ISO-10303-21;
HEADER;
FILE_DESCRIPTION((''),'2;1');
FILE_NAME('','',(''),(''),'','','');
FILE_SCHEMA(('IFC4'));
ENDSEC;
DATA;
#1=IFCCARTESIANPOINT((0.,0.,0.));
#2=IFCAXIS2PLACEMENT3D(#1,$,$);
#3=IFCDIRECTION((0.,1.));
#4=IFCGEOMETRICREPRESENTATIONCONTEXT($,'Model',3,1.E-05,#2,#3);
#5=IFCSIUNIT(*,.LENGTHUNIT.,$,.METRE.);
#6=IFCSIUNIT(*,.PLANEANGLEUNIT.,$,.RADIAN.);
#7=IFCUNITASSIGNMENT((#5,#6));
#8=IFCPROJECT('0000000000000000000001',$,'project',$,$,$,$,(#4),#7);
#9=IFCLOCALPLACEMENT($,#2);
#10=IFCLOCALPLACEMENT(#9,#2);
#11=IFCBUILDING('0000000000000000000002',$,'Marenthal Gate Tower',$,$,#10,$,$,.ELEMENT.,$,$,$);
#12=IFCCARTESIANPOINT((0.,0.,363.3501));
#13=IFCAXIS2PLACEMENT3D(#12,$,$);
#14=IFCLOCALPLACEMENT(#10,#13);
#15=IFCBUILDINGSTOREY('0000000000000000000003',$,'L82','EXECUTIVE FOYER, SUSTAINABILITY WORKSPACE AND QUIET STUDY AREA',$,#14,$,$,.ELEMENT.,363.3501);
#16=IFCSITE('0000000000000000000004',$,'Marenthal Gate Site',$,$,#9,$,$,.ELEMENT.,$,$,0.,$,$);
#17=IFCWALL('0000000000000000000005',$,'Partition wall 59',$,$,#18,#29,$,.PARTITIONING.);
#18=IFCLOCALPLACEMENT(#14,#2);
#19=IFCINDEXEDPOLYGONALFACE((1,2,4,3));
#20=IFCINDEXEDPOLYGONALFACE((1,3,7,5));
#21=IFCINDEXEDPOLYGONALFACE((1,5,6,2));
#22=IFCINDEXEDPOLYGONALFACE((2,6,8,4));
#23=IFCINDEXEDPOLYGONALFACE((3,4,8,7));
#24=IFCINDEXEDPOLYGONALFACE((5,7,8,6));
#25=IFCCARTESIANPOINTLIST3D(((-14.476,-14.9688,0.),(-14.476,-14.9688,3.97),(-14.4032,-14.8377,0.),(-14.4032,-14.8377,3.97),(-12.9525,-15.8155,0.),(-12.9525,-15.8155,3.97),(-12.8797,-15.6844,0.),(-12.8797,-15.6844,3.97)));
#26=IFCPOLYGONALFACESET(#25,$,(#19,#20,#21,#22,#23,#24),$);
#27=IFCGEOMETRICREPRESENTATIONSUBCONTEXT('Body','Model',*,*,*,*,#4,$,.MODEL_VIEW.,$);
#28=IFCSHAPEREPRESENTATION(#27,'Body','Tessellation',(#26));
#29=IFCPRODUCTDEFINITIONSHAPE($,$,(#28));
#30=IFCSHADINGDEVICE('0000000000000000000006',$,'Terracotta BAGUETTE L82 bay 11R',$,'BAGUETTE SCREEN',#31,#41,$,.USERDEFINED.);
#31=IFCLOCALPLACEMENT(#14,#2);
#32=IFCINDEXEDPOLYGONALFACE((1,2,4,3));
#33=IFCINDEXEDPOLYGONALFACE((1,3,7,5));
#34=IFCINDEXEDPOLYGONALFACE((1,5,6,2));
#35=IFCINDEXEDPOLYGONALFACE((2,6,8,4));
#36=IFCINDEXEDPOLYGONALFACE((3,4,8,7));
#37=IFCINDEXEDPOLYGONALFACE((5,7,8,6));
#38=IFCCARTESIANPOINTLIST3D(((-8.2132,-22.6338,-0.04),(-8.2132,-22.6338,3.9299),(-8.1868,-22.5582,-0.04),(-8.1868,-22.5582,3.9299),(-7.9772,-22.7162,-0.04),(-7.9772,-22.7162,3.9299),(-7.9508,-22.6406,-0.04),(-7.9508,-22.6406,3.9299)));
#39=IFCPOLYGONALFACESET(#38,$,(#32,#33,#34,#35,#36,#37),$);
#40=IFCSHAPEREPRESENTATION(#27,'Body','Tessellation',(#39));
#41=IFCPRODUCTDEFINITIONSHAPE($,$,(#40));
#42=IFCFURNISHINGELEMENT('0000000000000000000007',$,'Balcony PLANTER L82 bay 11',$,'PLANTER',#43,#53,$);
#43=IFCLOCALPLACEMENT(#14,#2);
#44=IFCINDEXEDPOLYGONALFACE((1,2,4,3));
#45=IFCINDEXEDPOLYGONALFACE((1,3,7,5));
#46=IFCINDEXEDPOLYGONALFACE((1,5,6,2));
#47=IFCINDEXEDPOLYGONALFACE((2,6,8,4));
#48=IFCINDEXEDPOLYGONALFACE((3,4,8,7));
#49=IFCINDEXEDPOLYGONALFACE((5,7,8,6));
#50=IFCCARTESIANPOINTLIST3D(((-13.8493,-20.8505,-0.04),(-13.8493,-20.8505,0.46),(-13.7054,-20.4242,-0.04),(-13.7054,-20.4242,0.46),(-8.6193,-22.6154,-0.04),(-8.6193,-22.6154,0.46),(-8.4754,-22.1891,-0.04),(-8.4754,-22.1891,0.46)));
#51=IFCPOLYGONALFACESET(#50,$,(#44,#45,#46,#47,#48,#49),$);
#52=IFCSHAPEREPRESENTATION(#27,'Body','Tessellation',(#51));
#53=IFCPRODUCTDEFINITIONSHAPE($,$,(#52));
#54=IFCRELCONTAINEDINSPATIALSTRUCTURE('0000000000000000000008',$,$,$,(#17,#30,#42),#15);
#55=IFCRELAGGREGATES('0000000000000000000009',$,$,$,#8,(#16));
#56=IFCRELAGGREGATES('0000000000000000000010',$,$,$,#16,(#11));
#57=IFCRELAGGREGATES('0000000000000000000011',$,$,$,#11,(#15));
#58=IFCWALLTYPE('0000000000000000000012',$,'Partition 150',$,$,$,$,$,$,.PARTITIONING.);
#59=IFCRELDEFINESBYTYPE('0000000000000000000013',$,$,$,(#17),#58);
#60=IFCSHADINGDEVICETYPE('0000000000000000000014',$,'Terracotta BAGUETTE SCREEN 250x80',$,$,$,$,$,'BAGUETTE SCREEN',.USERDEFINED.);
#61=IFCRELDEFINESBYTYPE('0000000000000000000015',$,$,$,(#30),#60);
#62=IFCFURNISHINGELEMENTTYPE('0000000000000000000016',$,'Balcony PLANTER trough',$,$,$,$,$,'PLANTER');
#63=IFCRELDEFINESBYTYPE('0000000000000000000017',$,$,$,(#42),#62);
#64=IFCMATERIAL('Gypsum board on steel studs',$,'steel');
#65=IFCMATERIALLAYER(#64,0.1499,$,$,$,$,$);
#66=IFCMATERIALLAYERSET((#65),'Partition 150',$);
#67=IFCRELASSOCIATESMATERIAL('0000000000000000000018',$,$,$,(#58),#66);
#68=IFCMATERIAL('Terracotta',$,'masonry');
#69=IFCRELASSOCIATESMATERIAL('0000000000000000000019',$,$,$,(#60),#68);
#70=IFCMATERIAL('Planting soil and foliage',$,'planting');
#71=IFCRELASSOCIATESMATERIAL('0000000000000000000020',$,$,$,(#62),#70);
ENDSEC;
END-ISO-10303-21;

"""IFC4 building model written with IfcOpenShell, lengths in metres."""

from ifc_helpers import new_model, si_unit, direction, frame, frame_2d, origin, origin_2d, place, context, subcontext, project, spatial, rectangle, extrude, material, layer, layer_set, material_profile, profile_set, type_object, element, save


model = new_model("IFC4")

# Units and contexts
model_context = context("Model", 3, precision=1e-05, world=origin(), true_north=direction((0.0, 1.0)))
body_context = subcontext(model_context, "Body", "Model", "MODEL_VIEW")
ifc_project = project(units=[si_unit("LENGTHUNIT", "METRE"), si_unit("PLANEANGLEUNIT", "RADIAN")], contexts=[model_context])

# Site, building, storey
site_placement = place(None, origin())
site = spatial("IfcSite", under=ifc_project, at=site_placement, Name="Marenthal Gate Site", CompositionType="ELEMENT", RefElevation=0.0)
building_placement = place(site_placement, origin())
building = spatial("IfcBuilding", under=site, at=building_placement, Name="Marenthal Gate Tower", CompositionType="ELEMENT")
storey_placement = place(building_placement, frame((0.0, 0.0, 363.3501)))
storey = spatial("IfcBuildingStorey", under=building, at=storey_placement, Name="L82", Description="EXECUTIVE FOYER, SUSTAINABILITY WORKSPACE AND QUIET STUDY AREA", CompositionType="ELEMENT", Elevation=363.3501)

# Wall
ifc_material_1 = material(Name="Gypsum board on steel studs", Category="steel")
ifc_layer_1 = layer(ifc_material_1, 0.1499)
ifc_layer_set_1 = layer_set([ifc_layer_1], Name="Partition 150")
wall_type_1 = type_object("IfcWallType", Name="Partition 150", PredefinedType="PARTITIONING", material=ifc_layer_set_1)
wall_1_placement = place(storey_placement, frame((-12.916, -15.75, 0.0), z_axis=(0.0, 0.0, 1.0), x_axis=(-0.874078, 0.485786, 0.0)))
element("IfcWall", 1, at=wall_1_placement, inside=storey, type_object=wall_type_1, Name="Partition wall 59", PredefinedType="PARTITIONING", context=body_context, shape_type="SweptSolid", body=[
    extrude(rectangle(XDim=1.7429, YDim=0.1499, at=frame_2d((0.8716, 0.0))), origin(), (0.0, 0.0, 1.0), 3.97),
])

# Shading device
ifc_material_2 = material(Name="Terracotta", Category="masonry")
ifc_material_profile_1 = material_profile(ifc_material_2, rectangle(XDim=0.25, YDim=0.0801, at=origin_2d()), Name="Terracotta baguette 250x80")
ifc_profile_set_1 = profile_set([ifc_material_profile_1], Name="Terracotta")
shading_device_type = type_object("IfcShadingDeviceType", Name="Terracotta BAGUETTE SCREEN 250x80", ElementType="BAGUETTE SCREEN", PredefinedType="USERDEFINED", material=ifc_profile_set_1)
shading_device_placement = place(storey_placement, frame((-8.082, -22.6372, -0.04), z_axis=(0.0, 0.0, 1.0), x_axis=(0.944118, -0.329607, 0.0)))
element("IfcShadingDevice", 2, at=shading_device_placement, inside=storey, type_object=shading_device_type, Name="Terracotta BAGUETTE L82 bay 11R", ObjectType="BAGUETTE SCREEN", PredefinedType="USERDEFINED", context=body_context, shape_type="SweptSolid", body=[
    extrude(rectangle(XDim=0.25, YDim=0.0801, at=origin_2d()), origin(), (0.0, 0.0, 1.0), 3.97),
])

# Furnishing element
ifc_material_3 = material(Name="Planting soil and foliage", Category="planting")
furnishing_element_type = type_object("IfcFurnishingElementType", Name="Balcony PLANTER trough", ElementType="PLANTER", material=ifc_material_3)
furnishing_placement = place(storey_placement, frame((-11.1624, -21.5198, -0.04), z_axis=(0.0, 0.0, 1.0), x_axis=(0.947505, -0.31974, 0.0)))
element("IfcFurnishingElement", 3, at=furnishing_placement, inside=storey, type_object=furnishing_element_type, Name="Balcony PLANTER L82 bay 11", ObjectType="PLANTER", context=body_context, shape_type="SweptSolid", body=[
    extrude(rectangle(XDim=5.5198, YDim=0.45, at=origin_2d()), origin(), (0.0, 0.0, 1.0), 0.5),
])

save(model, "model.ifc")
